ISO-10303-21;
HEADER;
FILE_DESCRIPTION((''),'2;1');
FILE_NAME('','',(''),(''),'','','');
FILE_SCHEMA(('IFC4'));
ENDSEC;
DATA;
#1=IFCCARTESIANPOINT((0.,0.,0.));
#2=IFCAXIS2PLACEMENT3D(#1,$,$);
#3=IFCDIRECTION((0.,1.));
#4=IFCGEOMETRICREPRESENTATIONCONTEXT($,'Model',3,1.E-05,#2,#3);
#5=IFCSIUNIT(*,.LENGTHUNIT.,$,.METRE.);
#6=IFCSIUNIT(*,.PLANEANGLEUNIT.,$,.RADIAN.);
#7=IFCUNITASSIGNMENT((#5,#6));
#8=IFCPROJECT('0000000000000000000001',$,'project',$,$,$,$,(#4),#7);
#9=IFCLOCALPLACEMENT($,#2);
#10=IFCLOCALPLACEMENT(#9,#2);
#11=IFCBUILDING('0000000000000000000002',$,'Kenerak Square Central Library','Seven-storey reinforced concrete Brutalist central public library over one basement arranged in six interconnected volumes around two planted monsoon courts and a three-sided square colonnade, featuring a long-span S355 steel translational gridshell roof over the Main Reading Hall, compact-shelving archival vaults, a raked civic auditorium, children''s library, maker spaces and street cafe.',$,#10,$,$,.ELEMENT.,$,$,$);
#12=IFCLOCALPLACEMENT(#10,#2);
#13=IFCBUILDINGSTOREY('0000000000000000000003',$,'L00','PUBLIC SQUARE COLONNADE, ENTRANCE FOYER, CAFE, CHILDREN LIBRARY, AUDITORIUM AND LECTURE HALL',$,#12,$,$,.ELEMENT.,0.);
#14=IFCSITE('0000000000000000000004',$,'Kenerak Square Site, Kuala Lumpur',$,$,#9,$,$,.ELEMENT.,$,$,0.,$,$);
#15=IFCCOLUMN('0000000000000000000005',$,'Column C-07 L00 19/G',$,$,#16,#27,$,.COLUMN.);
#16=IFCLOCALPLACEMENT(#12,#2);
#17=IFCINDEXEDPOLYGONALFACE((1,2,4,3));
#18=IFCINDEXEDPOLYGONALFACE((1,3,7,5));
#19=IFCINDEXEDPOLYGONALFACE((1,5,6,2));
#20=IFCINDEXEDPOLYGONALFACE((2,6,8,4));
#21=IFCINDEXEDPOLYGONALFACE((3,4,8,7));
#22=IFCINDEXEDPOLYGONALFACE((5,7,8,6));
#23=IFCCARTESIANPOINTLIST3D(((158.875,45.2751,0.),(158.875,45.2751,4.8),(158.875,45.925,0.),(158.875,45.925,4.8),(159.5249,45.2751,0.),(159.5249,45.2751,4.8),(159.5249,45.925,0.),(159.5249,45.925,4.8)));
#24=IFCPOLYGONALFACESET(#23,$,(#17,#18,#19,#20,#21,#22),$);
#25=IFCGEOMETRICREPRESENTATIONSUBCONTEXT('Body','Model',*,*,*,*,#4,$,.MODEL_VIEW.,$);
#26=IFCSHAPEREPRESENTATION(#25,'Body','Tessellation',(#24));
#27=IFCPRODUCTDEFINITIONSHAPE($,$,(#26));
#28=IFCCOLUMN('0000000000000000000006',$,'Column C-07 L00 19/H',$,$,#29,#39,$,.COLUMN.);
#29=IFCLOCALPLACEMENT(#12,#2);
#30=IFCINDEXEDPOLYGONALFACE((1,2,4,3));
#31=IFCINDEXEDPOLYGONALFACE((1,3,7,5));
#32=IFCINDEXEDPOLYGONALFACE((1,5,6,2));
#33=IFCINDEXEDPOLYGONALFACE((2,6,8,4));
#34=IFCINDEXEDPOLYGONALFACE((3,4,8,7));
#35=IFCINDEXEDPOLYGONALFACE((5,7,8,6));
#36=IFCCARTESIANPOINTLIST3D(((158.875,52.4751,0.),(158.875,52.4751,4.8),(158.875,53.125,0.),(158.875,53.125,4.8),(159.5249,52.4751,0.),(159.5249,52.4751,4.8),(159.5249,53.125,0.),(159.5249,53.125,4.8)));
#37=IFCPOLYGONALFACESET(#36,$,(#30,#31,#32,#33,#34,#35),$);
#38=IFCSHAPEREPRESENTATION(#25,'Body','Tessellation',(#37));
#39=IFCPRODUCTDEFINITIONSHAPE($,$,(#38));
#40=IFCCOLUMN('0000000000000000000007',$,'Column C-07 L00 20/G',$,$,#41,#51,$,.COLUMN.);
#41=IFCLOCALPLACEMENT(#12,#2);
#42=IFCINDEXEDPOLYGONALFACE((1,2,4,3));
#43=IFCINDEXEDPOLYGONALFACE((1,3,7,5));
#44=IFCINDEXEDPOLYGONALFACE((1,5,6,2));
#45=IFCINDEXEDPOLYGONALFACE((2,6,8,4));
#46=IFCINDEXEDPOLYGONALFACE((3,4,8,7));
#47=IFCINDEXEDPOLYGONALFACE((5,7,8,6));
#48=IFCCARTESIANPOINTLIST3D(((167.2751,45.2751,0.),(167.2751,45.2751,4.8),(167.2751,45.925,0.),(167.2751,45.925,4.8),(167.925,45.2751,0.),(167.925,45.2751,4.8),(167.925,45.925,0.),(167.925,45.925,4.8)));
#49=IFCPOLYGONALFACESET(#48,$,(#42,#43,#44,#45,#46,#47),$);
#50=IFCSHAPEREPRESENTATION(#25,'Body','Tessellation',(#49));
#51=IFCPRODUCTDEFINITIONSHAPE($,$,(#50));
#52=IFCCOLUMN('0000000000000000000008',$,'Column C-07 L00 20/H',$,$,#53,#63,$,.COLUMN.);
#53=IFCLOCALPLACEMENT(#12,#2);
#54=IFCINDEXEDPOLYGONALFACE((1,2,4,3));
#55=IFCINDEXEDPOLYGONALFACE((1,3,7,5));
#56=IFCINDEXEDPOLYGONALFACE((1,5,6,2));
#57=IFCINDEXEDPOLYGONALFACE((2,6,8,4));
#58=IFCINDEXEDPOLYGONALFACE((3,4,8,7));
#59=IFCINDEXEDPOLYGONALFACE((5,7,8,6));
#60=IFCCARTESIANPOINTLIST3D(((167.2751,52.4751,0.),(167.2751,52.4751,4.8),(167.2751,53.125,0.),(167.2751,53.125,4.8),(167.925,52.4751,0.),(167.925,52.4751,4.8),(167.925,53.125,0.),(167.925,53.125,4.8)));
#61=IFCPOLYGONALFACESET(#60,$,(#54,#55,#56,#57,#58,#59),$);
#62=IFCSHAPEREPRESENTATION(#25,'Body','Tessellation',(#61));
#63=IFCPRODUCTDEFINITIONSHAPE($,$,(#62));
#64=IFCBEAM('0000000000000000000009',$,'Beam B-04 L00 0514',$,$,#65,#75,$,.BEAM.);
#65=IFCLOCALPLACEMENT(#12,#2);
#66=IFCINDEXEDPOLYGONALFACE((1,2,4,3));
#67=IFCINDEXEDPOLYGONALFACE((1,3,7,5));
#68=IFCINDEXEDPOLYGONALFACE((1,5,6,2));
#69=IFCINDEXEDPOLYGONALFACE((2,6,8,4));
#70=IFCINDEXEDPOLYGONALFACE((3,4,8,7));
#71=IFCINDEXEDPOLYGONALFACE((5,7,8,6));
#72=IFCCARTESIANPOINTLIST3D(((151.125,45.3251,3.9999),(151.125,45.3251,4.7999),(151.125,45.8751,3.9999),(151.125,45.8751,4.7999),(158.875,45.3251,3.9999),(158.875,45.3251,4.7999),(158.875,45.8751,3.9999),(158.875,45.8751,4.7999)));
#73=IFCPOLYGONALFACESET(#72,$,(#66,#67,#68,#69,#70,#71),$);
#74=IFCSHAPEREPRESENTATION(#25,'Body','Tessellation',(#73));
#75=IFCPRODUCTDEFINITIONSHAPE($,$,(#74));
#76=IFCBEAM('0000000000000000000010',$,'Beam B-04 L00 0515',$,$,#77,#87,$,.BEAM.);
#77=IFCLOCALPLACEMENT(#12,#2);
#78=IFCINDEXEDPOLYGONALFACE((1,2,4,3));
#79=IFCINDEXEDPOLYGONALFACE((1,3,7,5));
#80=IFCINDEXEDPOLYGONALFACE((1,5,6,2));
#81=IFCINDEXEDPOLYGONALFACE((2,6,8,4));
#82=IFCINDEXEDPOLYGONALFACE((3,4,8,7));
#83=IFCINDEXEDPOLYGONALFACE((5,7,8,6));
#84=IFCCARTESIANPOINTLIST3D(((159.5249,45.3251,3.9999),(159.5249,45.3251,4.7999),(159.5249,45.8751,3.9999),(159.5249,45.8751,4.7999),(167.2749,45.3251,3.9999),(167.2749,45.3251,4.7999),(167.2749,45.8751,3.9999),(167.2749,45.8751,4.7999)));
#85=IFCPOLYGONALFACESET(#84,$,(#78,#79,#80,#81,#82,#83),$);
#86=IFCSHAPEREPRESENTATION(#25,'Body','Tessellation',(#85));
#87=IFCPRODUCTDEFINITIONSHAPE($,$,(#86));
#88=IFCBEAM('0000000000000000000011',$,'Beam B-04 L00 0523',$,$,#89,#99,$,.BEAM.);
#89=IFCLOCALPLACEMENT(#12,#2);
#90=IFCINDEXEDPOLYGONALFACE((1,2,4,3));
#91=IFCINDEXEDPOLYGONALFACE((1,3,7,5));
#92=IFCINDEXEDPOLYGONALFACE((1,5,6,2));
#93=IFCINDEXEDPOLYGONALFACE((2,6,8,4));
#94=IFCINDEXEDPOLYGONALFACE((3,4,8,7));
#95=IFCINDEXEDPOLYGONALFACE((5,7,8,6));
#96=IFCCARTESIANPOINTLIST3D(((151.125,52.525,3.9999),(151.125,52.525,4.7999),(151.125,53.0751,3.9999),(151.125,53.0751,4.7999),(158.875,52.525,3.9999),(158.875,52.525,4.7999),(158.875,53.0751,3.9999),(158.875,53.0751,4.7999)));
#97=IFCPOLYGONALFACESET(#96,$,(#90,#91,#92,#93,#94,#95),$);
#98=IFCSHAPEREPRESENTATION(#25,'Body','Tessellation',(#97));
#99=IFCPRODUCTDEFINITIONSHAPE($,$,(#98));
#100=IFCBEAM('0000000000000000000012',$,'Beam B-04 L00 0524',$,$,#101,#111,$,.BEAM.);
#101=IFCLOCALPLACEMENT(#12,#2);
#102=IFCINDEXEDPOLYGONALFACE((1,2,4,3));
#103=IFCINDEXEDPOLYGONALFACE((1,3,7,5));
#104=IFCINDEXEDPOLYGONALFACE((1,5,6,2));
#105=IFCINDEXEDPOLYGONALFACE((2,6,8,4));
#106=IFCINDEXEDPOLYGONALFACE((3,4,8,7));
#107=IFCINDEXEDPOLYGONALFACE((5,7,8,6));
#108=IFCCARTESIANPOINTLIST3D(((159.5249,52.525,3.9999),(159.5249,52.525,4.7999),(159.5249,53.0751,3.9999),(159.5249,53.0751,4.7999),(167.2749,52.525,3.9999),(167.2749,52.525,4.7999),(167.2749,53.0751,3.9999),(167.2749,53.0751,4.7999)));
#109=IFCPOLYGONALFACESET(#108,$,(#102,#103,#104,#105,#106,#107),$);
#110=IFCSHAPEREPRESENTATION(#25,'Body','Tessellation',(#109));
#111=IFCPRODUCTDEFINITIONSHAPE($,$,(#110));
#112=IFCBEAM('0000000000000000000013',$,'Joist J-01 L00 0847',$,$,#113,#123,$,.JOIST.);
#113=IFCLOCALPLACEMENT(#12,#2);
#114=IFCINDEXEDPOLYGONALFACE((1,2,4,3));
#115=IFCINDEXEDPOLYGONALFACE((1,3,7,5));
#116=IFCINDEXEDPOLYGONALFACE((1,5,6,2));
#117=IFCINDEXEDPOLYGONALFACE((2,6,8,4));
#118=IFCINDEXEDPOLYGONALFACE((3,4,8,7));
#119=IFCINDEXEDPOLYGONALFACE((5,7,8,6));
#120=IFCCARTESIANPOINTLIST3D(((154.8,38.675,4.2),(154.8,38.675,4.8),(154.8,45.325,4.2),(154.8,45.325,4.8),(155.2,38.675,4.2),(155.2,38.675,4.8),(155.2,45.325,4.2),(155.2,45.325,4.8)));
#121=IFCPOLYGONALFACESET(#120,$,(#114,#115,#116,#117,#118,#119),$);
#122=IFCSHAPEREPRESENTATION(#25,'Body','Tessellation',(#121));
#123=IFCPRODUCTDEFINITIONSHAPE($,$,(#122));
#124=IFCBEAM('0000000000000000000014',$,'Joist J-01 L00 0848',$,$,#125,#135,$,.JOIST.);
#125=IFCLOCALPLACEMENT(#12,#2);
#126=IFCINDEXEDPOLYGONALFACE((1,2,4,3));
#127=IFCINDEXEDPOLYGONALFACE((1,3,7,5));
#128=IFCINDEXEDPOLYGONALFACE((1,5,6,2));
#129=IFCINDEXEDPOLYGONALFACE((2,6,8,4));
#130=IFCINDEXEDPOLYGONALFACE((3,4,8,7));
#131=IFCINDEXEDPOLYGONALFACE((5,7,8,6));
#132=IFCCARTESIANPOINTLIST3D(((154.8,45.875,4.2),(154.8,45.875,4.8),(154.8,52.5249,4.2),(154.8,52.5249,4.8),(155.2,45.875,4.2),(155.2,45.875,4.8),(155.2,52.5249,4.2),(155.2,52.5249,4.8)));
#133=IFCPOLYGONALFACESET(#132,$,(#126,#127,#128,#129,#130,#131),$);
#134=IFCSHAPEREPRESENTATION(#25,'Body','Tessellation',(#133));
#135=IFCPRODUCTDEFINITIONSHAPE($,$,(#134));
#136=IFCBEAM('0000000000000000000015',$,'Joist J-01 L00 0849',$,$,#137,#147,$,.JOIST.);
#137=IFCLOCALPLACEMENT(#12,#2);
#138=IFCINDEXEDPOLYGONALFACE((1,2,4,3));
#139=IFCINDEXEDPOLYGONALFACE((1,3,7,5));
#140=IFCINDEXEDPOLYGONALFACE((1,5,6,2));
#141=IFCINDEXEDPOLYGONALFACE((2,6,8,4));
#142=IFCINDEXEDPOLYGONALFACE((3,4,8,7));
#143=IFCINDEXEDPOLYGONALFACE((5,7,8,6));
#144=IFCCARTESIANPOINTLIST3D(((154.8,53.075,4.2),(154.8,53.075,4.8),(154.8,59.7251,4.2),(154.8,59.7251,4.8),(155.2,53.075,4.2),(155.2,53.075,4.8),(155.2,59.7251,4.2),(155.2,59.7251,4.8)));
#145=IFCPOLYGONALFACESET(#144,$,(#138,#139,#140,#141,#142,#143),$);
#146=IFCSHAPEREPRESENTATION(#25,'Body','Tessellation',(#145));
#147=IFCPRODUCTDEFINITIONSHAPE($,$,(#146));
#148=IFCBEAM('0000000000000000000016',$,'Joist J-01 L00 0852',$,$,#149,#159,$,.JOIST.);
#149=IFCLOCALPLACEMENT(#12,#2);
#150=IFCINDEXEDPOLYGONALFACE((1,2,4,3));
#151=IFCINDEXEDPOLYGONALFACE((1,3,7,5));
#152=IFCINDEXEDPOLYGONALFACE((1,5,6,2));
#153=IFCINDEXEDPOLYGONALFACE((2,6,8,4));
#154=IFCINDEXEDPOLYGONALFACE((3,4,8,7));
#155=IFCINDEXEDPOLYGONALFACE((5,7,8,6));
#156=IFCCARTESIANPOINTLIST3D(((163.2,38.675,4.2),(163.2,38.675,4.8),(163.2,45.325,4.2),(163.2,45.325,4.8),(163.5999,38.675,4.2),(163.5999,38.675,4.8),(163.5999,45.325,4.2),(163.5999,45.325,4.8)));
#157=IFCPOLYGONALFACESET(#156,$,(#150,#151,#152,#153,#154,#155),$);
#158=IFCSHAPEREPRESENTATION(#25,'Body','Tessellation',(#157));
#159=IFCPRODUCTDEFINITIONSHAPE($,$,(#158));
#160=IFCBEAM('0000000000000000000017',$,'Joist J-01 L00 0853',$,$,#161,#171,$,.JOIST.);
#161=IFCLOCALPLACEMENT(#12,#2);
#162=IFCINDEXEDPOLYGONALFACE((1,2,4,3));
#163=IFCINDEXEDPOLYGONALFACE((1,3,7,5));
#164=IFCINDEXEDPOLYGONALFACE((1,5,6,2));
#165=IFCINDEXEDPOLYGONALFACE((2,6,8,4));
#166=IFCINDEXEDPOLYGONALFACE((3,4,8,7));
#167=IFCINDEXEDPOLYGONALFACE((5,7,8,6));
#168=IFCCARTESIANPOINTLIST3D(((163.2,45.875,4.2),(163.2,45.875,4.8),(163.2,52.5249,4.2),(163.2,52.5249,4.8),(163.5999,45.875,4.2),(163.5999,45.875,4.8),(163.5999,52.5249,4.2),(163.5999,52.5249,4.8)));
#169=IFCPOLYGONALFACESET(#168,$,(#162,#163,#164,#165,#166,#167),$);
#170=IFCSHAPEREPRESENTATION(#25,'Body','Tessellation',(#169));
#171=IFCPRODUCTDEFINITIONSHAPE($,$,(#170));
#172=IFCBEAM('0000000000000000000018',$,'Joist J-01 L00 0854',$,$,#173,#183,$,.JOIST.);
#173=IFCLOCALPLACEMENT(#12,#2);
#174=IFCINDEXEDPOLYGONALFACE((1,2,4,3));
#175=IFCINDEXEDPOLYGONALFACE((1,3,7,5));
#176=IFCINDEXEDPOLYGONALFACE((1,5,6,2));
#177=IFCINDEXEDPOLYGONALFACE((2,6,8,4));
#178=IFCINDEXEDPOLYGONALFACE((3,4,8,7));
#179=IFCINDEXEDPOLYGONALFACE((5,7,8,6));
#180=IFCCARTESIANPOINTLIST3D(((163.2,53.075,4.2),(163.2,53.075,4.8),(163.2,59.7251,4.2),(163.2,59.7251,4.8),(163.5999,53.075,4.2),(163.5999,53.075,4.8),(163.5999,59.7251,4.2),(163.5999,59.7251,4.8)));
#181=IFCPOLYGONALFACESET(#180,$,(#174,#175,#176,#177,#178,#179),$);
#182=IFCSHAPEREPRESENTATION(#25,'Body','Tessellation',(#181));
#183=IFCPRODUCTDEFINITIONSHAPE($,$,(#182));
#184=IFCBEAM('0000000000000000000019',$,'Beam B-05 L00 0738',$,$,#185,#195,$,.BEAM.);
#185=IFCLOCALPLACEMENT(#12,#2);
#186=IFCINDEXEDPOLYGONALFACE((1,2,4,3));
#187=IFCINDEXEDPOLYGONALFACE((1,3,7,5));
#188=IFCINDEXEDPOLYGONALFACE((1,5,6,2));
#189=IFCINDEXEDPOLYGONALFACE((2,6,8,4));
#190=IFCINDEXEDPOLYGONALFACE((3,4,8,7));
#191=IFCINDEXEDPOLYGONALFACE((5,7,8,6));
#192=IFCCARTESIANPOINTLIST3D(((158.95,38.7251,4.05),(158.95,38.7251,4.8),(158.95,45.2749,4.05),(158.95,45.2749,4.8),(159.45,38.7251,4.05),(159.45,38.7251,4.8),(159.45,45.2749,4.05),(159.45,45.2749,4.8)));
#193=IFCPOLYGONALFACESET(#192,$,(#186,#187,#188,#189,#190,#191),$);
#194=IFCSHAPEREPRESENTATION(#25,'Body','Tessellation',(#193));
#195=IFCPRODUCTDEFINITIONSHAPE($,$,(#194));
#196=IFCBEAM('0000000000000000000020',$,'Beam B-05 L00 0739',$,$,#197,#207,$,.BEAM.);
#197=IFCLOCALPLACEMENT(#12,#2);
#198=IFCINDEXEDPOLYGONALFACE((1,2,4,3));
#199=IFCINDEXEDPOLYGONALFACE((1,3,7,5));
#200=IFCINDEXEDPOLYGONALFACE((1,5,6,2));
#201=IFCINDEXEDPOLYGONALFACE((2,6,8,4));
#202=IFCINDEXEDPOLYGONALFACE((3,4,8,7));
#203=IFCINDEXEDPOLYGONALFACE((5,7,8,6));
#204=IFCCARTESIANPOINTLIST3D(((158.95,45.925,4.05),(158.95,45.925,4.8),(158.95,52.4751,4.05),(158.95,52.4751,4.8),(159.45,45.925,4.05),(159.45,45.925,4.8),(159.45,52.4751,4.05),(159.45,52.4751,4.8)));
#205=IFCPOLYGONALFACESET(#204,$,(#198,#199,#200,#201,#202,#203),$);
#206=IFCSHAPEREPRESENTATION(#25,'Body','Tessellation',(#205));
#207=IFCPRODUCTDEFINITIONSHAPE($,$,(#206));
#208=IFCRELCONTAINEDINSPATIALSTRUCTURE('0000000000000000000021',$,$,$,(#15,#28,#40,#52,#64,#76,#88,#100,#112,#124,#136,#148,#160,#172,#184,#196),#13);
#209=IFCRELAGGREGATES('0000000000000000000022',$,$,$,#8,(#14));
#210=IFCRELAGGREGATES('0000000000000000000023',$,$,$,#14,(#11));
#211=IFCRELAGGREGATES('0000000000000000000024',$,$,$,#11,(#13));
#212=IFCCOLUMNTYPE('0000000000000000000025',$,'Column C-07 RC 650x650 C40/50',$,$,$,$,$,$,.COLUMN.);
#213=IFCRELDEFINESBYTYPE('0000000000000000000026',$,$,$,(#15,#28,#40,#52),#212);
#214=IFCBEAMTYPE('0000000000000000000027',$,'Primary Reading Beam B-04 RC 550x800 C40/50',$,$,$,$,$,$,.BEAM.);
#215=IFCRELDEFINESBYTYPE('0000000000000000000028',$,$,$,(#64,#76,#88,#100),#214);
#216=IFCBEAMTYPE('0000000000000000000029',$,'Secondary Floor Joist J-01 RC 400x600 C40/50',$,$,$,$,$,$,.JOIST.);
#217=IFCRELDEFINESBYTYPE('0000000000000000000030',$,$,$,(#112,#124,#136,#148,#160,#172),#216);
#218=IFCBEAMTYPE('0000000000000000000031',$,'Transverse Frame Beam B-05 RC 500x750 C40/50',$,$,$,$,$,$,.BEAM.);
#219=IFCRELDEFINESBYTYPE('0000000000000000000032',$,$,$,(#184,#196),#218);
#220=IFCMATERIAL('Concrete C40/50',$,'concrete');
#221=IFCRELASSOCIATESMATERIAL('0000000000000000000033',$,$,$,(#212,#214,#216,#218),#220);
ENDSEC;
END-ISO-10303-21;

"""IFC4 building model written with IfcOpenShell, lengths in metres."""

from ifc_helpers import new_model, si_unit, direction, frame, origin, origin_2d, place, context, subcontext, project, spatial, rectangle, extrude, material, material_profile, profile_set, type_object, element, save


model = new_model("IFC4")

# Units and contexts
model_context = context("Model", 3, precision=1e-05, world=origin(), true_north=direction((0.0, 1.0)))
body_context = subcontext(model_context, "Body", "Model", "MODEL_VIEW")
ifc_project = project(units=[si_unit("LENGTHUNIT", "METRE"), si_unit("PLANEANGLEUNIT", "RADIAN")], contexts=[model_context])

# Site, building, storey
site_placement = place(None, origin())
site = spatial("IfcSite", under=ifc_project, at=site_placement, Name="Kenerak Square Site, Kuala Lumpur", CompositionType="ELEMENT", RefElevation=0.0)
building_placement = place(site_placement, origin())
building = spatial("IfcBuilding", under=site, at=building_placement, Name="Kenerak Square Central Library", Description="Seven-storey reinforced concrete Brutalist central public library over one basement arranged in six interconnected volumes around two planted monsoon courts and a three-sided square colonnade, featuring a long-span S355 steel translational gridshell roof over the Main Reading Hall, compact-shelving archival vaults, a raked civic auditorium, children's library, maker spaces and street cafe.", CompositionType="ELEMENT")
storey_placement = place(building_placement, origin())
storey = spatial("IfcBuildingStorey", under=building, at=storey_placement, Name="L00", Description="PUBLIC SQUARE COLONNADE, ENTRANCE FOYER, CAFE, CHILDREN LIBRARY, AUDITORIUM AND LECTURE HALL", CompositionType="ELEMENT", Elevation=0.0)

# Columns
ifc_material_1 = material(Name="Concrete C40/50", Category="concrete")
ifc_material_profile_1 = material_profile(ifc_material_1, rectangle(XDim=0.6499, YDim=0.6499, at=origin_2d()), Name="RC 650x650")
ifc_profile_set_1 = profile_set([ifc_material_profile_1], Name="Concrete C40/50")
column_type = type_object("IfcColumnType", Name="Column C-07 RC 650x650 C40/50", PredefinedType="COLUMN", material=ifc_profile_set_1)
for number, where, z_axis, x_axis, name in (
    (1, (159.2, 45.6001, 0.0), (0.0, 0.0, 1.0), (1.0, 0.0, 0.0), "Column C-07 L00 19/G"),
    (2, (159.2, 52.8, 0.0), (0.0, 0.0, 1.0), (1.0, 0.0, 0.0), "Column C-07 L00 19/H"),
    (3, (167.6001, 45.6001, 0.0), (0.0, 0.0, 1.0), (1.0, 0.0, 0.0), "Column C-07 L00 20/G"),
    (4, (167.6001, 52.8, 0.0), (0.0, 0.0, 1.0), (1.0, 0.0, 0.0), "Column C-07 L00 20/H"),
):
    element("IfcColumn", number, at=place(storey_placement, frame(where, z_axis=z_axis, x_axis=x_axis)), inside=storey, type_object=column_type, Name=name, PredefinedType="COLUMN", context=body_context, shape_type="SweptSolid", body=[
        extrude(rectangle(XDim=0.6499, YDim=0.6499, at=origin_2d()), origin(), (0.0, 0.0, 1.0), 4.8),
    ])

# Beams
ifc_material_profile_2 = material_profile(ifc_material_1, rectangle(XDim=0.55, YDim=0.8, at=origin_2d()), Name="RC 550x800")
ifc_profile_set_2 = profile_set([ifc_material_profile_2], Name="Concrete C40/50")
beam_type_1 = type_object("IfcBeamType", Name="Primary Reading Beam B-04 RC 550x800 C40/50", PredefinedType="BEAM", material=ifc_profile_set_2)
for number, where, z_axis, x_axis, name in (
    (5, (151.125, 45.6001, 4.3999), (1.0, 0.0, 0.0), (0.0, 1.0, 0.0), "Beam B-04 L00 0514"),
    (6, (159.5249, 45.6001, 4.3999), (1.0, 0.0, 0.0), (0.0, 1.0, 0.0), "Beam B-04 L00 0515"),
    (7, (151.125, 52.8, 4.3999), (1.0, 0.0, 0.0), (0.0, 1.0, 0.0), "Beam B-04 L00 0523"),
    (8, (159.5249, 52.8, 4.3999), (1.0, 0.0, 0.0), (0.0, 1.0, 0.0), "Beam B-04 L00 0524"),
):
    element("IfcBeam", number, at=place(storey_placement, frame(where, z_axis=z_axis, x_axis=x_axis)), inside=storey, type_object=beam_type_1, Name=name, PredefinedType="BEAM", context=body_context, shape_type="SweptSolid", body=[
        extrude(rectangle(XDim=0.55, YDim=0.8, at=origin_2d()), origin(), (0.0, 0.0, 1.0), 7.75),
    ])
ifc_material_profile_3 = material_profile(ifc_material_1, rectangle(XDim=0.3999, YDim=0.6001, at=origin_2d()), Name="RC 400x600")
ifc_profile_set_3 = profile_set([ifc_material_profile_3], Name="Concrete C40/50")
beam_type_2 = type_object("IfcBeamType", Name="Secondary Floor Joist J-01 RC 400x600 C40/50", PredefinedType="JOIST", material=ifc_profile_set_3)
for number, where, z_axis, x_axis, name in (
    (9, (155.0, 38.675, 4.5), (0.0, 1.0, 0.0), (-1.0, 0.0, 0.0), "Joist J-01 L00 0847"),
    (10, (155.0, 45.875, 4.5), (0.0, 1.0, 0.0), (-1.0, 0.0, 0.0), "Joist J-01 L00 0848"),
):
    element("IfcBeam", number, at=place(storey_placement, frame(where, z_axis=z_axis, x_axis=x_axis)), inside=storey, type_object=beam_type_2, Name=name, PredefinedType="JOIST", context=body_context, shape_type="SweptSolid", body=[
        extrude(rectangle(XDim=0.3999, YDim=0.6001, at=origin_2d()), origin(), (0.0, 0.0, 1.0), 6.6499),
    ])
beam_1_placement = place(storey_placement, frame((155.0, 53.075, 4.5), z_axis=(0.0, 1.0, 0.0), x_axis=(-1.0, 0.0, 0.0)))
element("IfcBeam", 11, at=beam_1_placement, inside=storey, type_object=beam_type_2, Name="Joist J-01 L00 0849", PredefinedType="JOIST", context=body_context, shape_type="SweptSolid", body=[
    extrude(rectangle(XDim=0.3999, YDim=0.6001, at=origin_2d()), origin(), (0.0, 0.0, 1.0), 6.6501),
])
for number, where, z_axis, x_axis, name in (
    (12, (163.3999, 38.675, 4.5), (0.0, 1.0, 0.0), (-1.0, 0.0, 0.0), "Joist J-01 L00 0852"),
    (13, (163.3999, 45.875, 4.5), (0.0, 1.0, 0.0), (-1.0, 0.0, 0.0), "Joist J-01 L00 0853"),
):
    element("IfcBeam", number, at=place(storey_placement, frame(where, z_axis=z_axis, x_axis=x_axis)), inside=storey, type_object=beam_type_2, Name=name, PredefinedType="JOIST", context=body_context, shape_type="SweptSolid", body=[
        extrude(rectangle(XDim=0.3999, YDim=0.6001, at=origin_2d()), origin(), (0.0, 0.0, 1.0), 6.6499),
    ])
beam_2_placement = place(storey_placement, frame((163.3999, 53.075, 4.5), z_axis=(0.0, 1.0, 0.0), x_axis=(-1.0, 0.0, 0.0)))
element("IfcBeam", 14, at=beam_2_placement, inside=storey, type_object=beam_type_2, Name="Joist J-01 L00 0854", PredefinedType="JOIST", context=body_context, shape_type="SweptSolid", body=[
    extrude(rectangle(XDim=0.3999, YDim=0.6001, at=origin_2d()), origin(), (0.0, 0.0, 1.0), 6.6501),
])
ifc_material_profile_4 = material_profile(ifc_material_1, rectangle(XDim=0.5, YDim=0.75, at=origin_2d()), Name="RC 500x750")
ifc_profile_set_4 = profile_set([ifc_material_profile_4], Name="Concrete C40/50")
beam_type_3 = type_object("IfcBeamType", Name="Transverse Frame Beam B-05 RC 500x750 C40/50", PredefinedType="BEAM", material=ifc_profile_set_4)
beam_3_placement = place(storey_placement, frame((159.2, 38.7251, 4.425), z_axis=(0.0, 1.0, 0.0), x_axis=(-1.0, 0.0, 0.0)))
element("IfcBeam", 15, at=beam_3_placement, inside=storey, type_object=beam_type_3, Name="Beam B-05 L00 0738", PredefinedType="BEAM", context=body_context, shape_type="SweptSolid", body=[
    extrude(rectangle(XDim=0.5, YDim=0.75, at=origin_2d()), origin(), (0.0, 0.0, 1.0), 6.5498),
])
for number, where, z_axis, x_axis, name in (
    (16, (159.2, 45.925, 4.425), (0.0, 1.0, 0.0), (-1.0, 0.0, 0.0), "Beam B-05 L00 0739"),
):
    element("IfcBeam", number, at=place(storey_placement, frame(where, z_axis=z_axis, x_axis=x_axis)), inside=storey, type_object=beam_type_3, Name=name, PredefinedType="BEAM", context=body_context, shape_type="SweptSolid", body=[
        extrude(rectangle(XDim=0.5, YDim=0.75, at=origin_2d()), origin(), (0.0, 0.0, 1.0), 6.55),
    ])

save(model, "model.ifc")
